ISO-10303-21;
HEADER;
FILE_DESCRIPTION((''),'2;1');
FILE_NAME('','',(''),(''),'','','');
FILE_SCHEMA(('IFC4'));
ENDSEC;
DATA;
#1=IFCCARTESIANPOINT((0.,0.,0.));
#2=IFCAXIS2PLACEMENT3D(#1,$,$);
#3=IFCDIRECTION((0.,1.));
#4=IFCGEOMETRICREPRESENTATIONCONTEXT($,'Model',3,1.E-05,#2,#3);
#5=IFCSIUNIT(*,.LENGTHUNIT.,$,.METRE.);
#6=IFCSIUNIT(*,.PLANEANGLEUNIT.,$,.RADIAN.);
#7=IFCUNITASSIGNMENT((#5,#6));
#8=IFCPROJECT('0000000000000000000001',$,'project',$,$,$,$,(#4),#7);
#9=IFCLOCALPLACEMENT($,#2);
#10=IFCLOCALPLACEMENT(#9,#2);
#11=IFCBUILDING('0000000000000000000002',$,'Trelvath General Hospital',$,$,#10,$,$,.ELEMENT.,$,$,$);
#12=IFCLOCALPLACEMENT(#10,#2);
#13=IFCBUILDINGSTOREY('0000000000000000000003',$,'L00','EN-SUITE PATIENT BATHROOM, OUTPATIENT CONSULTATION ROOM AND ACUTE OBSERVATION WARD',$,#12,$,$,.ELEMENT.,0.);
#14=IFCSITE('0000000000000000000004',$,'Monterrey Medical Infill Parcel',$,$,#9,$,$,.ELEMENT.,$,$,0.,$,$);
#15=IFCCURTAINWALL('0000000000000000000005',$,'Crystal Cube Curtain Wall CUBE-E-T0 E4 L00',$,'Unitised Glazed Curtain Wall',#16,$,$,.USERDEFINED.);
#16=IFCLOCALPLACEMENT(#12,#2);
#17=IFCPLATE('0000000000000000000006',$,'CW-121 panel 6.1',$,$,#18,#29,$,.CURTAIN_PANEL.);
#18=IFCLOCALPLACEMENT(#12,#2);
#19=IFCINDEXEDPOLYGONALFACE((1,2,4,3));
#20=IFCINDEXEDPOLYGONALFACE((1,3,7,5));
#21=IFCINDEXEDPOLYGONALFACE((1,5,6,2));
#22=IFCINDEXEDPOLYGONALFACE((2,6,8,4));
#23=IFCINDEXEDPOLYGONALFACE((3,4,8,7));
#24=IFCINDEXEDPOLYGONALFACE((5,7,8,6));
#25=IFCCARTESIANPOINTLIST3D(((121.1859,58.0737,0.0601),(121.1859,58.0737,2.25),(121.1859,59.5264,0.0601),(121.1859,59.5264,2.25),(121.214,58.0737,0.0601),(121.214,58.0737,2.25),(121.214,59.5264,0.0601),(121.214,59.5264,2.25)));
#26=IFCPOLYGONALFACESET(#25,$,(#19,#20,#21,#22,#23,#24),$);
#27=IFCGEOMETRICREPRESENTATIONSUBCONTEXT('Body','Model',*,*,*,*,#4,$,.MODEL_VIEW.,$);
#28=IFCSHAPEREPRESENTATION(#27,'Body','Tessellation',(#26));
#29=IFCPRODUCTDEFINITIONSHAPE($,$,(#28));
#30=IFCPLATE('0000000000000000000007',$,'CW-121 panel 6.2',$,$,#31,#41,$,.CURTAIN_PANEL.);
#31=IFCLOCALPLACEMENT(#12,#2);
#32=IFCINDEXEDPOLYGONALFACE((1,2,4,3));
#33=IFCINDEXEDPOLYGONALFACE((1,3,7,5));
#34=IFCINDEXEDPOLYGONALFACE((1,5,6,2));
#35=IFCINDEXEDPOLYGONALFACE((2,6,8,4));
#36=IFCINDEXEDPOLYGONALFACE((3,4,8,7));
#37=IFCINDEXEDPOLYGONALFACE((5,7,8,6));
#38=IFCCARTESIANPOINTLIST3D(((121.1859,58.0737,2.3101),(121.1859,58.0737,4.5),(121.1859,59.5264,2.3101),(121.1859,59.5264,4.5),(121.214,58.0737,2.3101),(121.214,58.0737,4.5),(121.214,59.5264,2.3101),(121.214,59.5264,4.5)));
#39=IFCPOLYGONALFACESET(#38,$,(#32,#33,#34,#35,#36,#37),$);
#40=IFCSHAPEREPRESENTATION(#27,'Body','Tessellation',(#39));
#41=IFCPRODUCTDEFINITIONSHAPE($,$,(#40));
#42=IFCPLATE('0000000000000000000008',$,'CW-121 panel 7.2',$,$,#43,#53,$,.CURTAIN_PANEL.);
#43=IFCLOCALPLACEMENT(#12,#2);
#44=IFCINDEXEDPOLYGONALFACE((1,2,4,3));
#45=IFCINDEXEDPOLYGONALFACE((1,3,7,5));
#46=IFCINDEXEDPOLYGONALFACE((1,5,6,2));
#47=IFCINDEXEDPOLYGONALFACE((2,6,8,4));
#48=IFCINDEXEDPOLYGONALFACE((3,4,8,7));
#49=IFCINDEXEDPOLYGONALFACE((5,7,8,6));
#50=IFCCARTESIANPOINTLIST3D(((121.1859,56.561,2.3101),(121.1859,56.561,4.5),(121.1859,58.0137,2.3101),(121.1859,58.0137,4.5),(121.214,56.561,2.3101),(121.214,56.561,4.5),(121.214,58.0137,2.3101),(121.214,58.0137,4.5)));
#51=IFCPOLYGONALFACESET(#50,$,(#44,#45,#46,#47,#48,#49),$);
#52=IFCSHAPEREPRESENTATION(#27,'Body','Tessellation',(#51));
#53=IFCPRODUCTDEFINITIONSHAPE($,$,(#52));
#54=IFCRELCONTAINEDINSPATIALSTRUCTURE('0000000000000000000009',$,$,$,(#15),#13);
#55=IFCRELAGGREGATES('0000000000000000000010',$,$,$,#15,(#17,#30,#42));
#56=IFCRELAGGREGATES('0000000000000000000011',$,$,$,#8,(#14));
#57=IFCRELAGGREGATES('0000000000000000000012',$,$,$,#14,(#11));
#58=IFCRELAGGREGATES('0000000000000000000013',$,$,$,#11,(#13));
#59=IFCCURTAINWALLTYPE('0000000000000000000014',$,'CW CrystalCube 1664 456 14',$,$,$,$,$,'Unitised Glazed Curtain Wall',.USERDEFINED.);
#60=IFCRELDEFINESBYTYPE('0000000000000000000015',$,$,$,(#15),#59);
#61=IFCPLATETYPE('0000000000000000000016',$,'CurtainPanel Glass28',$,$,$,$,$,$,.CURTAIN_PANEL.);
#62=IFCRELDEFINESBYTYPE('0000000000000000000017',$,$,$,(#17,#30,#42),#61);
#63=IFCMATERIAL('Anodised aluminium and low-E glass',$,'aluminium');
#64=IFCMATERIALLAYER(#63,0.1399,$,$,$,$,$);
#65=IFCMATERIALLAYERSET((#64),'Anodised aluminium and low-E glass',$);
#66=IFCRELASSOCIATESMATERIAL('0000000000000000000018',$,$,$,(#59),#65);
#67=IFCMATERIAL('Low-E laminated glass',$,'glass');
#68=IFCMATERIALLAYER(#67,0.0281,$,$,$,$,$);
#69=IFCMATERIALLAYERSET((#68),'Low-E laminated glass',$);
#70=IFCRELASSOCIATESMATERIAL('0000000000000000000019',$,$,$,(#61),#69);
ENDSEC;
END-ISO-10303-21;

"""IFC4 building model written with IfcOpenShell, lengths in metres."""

from ifc_helpers import new_model, si_unit, direction, frame, origin, origin_2d, place, context, subcontext, project, spatial, rectangle, extrude, material, layer, layer_set, type_object, element, aggregate, save


model = new_model("IFC4")

# Units and contexts
model_context = context("Model", 3, precision=1e-05, world=origin(), true_north=direction((0.0, 1.0)))
body_context = subcontext(model_context, "Body", "Model", "MODEL_VIEW")
ifc_project = project(units=[si_unit("LENGTHUNIT", "METRE"), si_unit("PLANEANGLEUNIT", "RADIAN")], contexts=[model_context])

# Site, building, storey
site_placement = place(None, origin())
site = spatial("IfcSite", under=ifc_project, at=site_placement, Name="Monterrey Medical Infill Parcel", CompositionType="ELEMENT", RefElevation=0.0)
building_placement = place(site_placement, origin())
building = spatial("IfcBuilding", under=site, at=building_placement, Name="Trelvath General Hospital", CompositionType="ELEMENT")
storey_placement = place(building_placement, origin())
storey = spatial("IfcBuildingStorey", under=building, at=storey_placement, Name="L00", Description="EN-SUITE PATIENT BATHROOM, OUTPATIENT CONSULTATION ROOM AND ACUTE OBSERVATION WARD", CompositionType="ELEMENT", Elevation=0.0)

# Curtain wall
ifc_material_1 = material(Name="Anodised aluminium and low-E glass", Category="aluminium")
ifc_layer_1 = layer(ifc_material_1, 0.1399)
ifc_layer_set_1 = layer_set([ifc_layer_1], Name="Anodised aluminium and low-E glass")
curtain_wall_type_1 = type_object("IfcCurtainWallType", Name="CW CrystalCube 1664 456 14", ElementType="Unitised Glazed Curtain Wall", PredefinedType="USERDEFINED", material=ifc_layer_set_1)
curtain_wall_1_placement = place(storey_placement, origin())
curtain_wall_1 = element("IfcCurtainWall", 1, at=curtain_wall_1_placement, inside=storey, type_object=curtain_wall_type_1, Name="Crystal Cube Curtain Wall CUBE-E-T0 E4 L00", ObjectType="Unitised Glazed Curtain Wall", PredefinedType="USERDEFINED")

# Plates
ifc_material_2 = material(Name="Low-E laminated glass", Category="glass")
ifc_layer_2 = layer(ifc_material_2, 0.0281)
ifc_layer_set_2 = layer_set([ifc_layer_2], Name="Low-E laminated glass")
plate_type = type_object("IfcPlateType", Name="CurtainPanel Glass28", PredefinedType="CURTAIN_PANEL", material=ifc_layer_set_2)
plate_1_placement = place(storey_placement, frame((121.2, 58.8, 0.0601), z_axis=(0.0, 0.0, 1.0), x_axis=(0.0, -1.0, 0.0)))
plate_1 = element("IfcPlate", 2, at=plate_1_placement, type_object=plate_type, Name="CW-121 panel 6.1", PredefinedType="CURTAIN_PANEL", context=body_context, shape_type="SweptSolid", body=[
    extrude(rectangle(XDim=1.4526, YDim=0.0281, at=origin_2d()), origin(), (0.0, 0.0, 1.0), 2.1899),
])
plate_2_placement = place(storey_placement, frame((121.2, 58.8, 2.3101), z_axis=(0.0, 0.0, 1.0), x_axis=(0.0, -1.0, 0.0)))
plate_2 = element("IfcPlate", 3, at=plate_2_placement, type_object=plate_type, Name="CW-121 panel 6.2", PredefinedType="CURTAIN_PANEL", context=body_context, shape_type="SweptSolid", body=[
    extrude(rectangle(XDim=1.4526, YDim=0.0281, at=origin_2d()), origin(), (0.0, 0.0, 1.0), 2.1899),
])
plate_3_placement = place(storey_placement, frame((121.2, 57.2874, 2.3101), z_axis=(0.0, 0.0, 1.0), x_axis=(0.0, -1.0, 0.0)))
plate_3 = element("IfcPlate", 4, at=plate_3_placement, type_object=plate_type, Name="CW-121 panel 7.2", PredefinedType="CURTAIN_PANEL", context=body_context, shape_type="SweptSolid", body=[
    extrude(rectangle(XDim=1.4526, YDim=0.0281, at=origin_2d()), origin(), (0.0, 0.0, 1.0), 2.1899),
])
aggregate(curtain_wall_1, [plate_1, plate_2, plate_3])

save(model, "model.ifc")
